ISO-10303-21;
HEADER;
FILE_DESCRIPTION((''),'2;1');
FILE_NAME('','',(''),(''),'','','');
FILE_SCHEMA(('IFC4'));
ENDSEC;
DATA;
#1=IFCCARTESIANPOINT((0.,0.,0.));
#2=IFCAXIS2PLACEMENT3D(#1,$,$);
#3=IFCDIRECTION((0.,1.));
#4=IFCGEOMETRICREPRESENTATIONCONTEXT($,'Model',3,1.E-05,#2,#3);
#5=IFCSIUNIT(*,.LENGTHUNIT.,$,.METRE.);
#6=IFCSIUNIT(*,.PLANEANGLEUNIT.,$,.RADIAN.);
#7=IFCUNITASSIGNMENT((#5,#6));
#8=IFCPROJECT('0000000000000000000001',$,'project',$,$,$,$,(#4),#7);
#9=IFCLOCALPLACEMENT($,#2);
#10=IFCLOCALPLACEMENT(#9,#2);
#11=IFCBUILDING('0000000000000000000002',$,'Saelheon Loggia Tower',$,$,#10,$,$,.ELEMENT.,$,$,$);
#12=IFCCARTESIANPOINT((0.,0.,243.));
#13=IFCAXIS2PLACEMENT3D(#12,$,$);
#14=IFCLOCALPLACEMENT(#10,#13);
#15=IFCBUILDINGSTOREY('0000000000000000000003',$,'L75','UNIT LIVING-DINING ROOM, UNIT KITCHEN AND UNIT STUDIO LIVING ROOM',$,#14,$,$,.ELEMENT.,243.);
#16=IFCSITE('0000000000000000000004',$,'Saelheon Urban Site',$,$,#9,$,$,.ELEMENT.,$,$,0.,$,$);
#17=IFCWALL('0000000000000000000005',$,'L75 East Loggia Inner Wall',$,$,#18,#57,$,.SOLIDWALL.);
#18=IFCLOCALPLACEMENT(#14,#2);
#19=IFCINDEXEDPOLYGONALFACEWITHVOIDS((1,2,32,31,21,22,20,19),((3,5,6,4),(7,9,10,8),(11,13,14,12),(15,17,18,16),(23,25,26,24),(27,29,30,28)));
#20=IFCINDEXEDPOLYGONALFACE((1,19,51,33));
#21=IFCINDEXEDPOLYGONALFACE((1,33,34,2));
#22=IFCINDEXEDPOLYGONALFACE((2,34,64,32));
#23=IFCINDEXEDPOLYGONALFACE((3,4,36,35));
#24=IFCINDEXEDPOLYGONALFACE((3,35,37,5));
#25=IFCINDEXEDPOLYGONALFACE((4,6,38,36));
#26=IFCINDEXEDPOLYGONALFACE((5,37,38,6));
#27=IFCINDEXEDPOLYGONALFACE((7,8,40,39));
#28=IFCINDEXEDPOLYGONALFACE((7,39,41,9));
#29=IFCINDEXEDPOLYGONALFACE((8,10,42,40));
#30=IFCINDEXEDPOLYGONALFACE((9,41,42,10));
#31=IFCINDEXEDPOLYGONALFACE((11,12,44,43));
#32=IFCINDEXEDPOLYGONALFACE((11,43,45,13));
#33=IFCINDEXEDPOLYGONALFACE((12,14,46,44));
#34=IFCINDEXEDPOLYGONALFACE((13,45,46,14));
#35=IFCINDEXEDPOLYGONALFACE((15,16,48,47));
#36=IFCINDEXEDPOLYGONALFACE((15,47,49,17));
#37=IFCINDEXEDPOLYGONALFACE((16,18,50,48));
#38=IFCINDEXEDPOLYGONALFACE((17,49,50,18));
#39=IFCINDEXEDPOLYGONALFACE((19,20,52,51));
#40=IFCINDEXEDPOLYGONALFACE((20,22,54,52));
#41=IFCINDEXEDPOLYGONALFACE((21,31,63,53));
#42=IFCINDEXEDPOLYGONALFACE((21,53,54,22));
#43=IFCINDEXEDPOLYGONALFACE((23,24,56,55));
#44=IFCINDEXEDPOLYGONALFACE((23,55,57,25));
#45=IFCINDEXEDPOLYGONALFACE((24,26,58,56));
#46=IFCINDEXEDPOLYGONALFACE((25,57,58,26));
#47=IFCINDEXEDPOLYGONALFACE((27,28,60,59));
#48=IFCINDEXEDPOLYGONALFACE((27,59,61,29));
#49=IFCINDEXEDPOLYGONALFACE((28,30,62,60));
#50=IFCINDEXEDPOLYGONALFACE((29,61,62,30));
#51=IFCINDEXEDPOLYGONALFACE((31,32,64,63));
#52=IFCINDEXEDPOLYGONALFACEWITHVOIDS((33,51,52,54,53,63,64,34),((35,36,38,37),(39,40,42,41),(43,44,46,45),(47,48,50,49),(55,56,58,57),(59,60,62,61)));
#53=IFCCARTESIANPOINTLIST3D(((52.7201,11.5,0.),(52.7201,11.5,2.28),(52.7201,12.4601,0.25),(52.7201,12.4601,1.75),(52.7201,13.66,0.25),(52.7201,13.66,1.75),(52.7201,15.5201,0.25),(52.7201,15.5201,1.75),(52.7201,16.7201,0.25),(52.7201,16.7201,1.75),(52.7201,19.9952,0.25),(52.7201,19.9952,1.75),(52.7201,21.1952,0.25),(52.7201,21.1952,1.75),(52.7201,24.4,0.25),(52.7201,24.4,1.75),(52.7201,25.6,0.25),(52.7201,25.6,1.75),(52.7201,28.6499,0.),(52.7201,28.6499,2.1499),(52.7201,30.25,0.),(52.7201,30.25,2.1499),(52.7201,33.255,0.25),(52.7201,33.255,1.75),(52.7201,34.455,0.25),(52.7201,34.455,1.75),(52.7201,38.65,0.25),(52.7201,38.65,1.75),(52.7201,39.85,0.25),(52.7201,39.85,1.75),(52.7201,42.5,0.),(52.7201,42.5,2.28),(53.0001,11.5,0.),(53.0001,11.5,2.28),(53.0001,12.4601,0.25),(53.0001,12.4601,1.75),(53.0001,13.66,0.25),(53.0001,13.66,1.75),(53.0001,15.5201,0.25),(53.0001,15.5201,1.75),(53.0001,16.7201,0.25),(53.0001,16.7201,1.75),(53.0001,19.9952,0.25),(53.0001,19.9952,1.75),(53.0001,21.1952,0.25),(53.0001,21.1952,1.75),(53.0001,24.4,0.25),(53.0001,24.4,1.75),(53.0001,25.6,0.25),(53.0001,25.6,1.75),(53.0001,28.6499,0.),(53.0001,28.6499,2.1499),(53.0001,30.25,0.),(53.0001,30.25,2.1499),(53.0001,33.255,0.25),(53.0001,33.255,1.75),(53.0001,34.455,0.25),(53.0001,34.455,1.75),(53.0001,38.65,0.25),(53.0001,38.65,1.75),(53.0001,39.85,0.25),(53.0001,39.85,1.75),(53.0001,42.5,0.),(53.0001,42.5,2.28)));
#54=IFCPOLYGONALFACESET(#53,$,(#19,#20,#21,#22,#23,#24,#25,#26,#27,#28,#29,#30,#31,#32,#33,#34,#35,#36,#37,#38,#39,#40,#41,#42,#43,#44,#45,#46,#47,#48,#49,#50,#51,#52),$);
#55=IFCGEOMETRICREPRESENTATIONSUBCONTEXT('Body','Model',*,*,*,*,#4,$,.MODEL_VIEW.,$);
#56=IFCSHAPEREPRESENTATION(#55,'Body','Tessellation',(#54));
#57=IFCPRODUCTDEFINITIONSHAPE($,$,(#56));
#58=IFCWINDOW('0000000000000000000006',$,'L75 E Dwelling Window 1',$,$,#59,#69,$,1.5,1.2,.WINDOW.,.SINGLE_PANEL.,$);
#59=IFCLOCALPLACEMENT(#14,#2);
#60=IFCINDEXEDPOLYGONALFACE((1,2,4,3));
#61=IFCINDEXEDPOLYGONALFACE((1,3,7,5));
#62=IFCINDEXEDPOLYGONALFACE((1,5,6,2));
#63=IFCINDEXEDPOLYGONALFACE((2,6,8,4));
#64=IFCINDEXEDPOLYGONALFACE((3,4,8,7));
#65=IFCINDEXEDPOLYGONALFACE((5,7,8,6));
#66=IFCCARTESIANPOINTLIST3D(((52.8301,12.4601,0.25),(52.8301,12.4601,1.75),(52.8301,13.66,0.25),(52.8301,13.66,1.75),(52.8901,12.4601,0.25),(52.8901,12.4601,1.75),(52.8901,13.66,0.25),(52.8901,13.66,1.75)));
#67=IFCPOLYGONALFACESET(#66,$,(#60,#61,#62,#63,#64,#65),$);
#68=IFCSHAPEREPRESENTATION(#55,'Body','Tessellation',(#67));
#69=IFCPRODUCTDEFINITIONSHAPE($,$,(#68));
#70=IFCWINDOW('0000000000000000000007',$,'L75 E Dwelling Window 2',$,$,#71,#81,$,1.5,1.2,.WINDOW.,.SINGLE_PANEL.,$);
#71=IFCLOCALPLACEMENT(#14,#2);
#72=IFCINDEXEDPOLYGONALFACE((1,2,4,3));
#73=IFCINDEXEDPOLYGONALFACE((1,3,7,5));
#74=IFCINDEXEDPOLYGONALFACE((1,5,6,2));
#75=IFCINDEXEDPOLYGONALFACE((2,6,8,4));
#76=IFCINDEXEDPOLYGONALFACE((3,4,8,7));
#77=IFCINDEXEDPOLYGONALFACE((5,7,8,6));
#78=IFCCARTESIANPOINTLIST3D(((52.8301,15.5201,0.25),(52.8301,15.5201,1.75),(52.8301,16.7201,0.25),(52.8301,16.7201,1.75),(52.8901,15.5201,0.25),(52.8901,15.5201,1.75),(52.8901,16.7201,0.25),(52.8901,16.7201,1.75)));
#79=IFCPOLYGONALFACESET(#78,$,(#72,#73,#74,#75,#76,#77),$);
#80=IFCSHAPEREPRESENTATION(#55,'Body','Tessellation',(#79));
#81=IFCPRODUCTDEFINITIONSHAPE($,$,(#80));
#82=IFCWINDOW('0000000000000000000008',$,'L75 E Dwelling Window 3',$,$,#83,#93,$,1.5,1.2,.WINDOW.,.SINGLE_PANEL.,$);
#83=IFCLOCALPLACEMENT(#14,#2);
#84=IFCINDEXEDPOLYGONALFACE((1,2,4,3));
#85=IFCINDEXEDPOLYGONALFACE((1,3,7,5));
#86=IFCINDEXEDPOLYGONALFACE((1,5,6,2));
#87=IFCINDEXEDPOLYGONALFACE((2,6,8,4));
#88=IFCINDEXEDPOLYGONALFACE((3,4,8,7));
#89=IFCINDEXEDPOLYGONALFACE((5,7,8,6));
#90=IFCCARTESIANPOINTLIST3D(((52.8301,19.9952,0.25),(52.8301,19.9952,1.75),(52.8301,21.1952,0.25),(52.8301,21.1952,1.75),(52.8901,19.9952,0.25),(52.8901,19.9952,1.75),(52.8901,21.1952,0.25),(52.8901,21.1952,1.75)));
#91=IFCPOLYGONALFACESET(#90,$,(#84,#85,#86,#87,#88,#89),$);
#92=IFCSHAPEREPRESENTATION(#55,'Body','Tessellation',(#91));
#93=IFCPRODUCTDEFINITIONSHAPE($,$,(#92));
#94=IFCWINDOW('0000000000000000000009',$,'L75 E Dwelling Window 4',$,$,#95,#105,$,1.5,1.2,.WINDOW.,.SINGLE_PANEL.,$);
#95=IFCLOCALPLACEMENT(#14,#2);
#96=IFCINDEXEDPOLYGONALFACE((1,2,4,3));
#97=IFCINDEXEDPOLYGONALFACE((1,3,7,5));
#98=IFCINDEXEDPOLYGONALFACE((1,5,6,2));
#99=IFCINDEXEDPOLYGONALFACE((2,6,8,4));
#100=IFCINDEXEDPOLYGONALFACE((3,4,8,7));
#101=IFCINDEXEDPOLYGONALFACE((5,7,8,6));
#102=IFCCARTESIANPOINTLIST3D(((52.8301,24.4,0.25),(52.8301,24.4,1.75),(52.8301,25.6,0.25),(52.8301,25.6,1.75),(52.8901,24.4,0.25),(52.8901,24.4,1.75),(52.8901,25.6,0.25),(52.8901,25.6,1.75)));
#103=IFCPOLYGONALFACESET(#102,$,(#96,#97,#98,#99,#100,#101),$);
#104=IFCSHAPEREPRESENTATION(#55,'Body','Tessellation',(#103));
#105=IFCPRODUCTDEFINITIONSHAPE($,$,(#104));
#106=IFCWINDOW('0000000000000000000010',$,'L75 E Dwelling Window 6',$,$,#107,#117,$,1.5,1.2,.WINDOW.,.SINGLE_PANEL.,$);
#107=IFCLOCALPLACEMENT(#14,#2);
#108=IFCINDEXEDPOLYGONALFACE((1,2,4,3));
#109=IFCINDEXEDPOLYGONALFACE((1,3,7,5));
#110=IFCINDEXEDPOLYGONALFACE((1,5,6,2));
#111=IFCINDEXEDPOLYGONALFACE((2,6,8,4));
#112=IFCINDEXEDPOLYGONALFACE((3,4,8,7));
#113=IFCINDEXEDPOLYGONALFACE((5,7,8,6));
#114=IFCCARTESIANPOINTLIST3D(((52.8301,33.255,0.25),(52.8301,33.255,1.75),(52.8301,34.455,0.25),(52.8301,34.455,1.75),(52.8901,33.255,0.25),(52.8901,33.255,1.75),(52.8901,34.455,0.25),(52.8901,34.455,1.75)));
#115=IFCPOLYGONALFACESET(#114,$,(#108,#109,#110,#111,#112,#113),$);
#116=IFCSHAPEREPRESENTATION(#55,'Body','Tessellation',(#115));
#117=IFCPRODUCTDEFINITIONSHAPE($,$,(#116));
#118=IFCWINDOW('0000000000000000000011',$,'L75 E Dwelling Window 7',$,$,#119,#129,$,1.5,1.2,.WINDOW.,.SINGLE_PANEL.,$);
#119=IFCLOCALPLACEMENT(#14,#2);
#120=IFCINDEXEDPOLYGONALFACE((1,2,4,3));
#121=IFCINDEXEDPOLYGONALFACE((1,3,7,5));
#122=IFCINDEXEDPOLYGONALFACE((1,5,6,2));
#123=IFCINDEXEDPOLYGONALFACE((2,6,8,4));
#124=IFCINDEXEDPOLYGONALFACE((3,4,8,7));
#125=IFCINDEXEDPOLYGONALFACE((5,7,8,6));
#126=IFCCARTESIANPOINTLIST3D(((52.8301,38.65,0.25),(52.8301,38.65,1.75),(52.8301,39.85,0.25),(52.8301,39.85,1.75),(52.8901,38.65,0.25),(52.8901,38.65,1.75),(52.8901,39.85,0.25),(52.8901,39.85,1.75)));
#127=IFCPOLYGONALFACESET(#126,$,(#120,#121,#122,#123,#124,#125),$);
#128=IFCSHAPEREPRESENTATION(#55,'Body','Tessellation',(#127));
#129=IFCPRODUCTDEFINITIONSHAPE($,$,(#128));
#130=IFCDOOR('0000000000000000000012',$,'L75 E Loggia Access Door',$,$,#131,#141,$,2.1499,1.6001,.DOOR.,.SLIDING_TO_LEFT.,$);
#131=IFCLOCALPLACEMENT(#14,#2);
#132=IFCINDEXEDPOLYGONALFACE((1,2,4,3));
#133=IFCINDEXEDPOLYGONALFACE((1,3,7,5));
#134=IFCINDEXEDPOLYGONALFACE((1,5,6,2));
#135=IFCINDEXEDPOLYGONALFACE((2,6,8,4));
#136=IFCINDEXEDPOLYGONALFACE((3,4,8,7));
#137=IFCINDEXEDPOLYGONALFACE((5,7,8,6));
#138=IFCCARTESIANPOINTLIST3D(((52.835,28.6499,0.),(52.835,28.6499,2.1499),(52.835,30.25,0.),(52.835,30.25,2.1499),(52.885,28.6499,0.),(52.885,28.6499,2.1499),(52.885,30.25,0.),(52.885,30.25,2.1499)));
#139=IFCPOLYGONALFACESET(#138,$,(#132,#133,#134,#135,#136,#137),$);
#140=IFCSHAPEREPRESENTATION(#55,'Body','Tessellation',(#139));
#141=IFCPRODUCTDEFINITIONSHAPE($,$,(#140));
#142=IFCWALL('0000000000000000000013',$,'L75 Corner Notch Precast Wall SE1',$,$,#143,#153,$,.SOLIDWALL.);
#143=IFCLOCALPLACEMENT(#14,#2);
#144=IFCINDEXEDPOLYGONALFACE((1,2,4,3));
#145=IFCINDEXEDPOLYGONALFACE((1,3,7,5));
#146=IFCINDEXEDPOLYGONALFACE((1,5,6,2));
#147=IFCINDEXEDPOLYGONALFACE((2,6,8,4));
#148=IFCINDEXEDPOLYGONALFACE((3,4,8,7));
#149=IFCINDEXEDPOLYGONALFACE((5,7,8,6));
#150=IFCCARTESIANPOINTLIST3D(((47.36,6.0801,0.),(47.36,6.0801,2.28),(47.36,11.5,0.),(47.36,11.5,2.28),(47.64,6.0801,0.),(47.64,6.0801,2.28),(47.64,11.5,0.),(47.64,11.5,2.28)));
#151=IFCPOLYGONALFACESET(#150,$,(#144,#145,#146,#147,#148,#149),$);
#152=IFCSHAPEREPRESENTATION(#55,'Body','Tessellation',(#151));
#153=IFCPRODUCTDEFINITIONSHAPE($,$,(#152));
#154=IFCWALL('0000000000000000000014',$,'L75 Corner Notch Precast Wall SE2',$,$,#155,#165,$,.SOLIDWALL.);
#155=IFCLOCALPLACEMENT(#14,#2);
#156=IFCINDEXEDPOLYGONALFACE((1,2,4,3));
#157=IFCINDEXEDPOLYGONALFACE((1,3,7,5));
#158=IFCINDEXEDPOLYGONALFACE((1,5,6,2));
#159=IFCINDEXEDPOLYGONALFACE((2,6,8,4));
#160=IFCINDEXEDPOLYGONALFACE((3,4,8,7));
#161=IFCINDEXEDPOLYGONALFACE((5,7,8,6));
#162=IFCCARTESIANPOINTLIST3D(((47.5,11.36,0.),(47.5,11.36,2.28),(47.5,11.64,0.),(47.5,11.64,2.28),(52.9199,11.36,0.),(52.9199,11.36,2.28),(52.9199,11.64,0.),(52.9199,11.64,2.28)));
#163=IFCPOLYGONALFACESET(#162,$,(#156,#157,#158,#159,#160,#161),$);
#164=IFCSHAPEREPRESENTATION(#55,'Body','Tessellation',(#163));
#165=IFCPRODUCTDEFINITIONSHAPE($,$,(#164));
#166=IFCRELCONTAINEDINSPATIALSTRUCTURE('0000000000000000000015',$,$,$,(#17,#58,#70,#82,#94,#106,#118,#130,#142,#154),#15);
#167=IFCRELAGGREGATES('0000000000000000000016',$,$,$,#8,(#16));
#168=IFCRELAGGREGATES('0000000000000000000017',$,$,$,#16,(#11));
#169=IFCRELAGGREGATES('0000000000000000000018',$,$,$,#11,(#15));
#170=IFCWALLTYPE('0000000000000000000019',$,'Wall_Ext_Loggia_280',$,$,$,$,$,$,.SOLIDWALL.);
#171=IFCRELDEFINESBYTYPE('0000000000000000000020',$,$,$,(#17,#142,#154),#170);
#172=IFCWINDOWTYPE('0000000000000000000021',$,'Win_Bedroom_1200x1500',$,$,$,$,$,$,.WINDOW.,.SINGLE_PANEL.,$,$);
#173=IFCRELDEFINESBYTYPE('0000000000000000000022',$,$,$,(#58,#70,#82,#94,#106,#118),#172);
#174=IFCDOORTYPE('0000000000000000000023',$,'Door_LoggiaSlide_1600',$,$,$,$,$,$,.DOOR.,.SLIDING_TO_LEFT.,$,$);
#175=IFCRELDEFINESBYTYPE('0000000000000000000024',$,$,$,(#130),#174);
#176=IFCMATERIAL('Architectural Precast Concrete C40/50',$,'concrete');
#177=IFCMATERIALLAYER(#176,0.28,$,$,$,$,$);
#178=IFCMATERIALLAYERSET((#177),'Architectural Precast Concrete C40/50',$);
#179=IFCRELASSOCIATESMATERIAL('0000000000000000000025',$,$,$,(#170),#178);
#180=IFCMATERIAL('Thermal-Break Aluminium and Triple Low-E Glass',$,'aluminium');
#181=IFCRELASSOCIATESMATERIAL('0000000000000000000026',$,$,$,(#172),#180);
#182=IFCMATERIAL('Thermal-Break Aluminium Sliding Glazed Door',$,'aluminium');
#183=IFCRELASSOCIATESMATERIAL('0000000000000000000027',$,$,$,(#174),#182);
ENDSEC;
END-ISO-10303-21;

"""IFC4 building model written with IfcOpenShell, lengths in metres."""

from ifc_helpers import new_model, si_unit, direction, frame, frame_2d, origin, place, context, subcontext, project, spatial, rectangle, extrude, source, transform, mapped, material, layer, layer_set, type_object, element, fill, save


model = new_model("IFC4")

# Units and contexts
model_context = context("Model", 3, precision=1e-05, world=origin(), true_north=direction((0.0, 1.0)))
body_context = subcontext(model_context, "Body", "Model", "MODEL_VIEW")
ifc_project = project(units=[si_unit("LENGTHUNIT", "METRE"), si_unit("PLANEANGLEUNIT", "RADIAN")], contexts=[model_context])

# Site, building, storey
site_placement = place(None, origin())
site = spatial("IfcSite", under=ifc_project, at=site_placement, Name="Saelheon Urban Site", CompositionType="ELEMENT", RefElevation=0.0)
building_placement = place(site_placement, origin())
building = spatial("IfcBuilding", under=site, at=building_placement, Name="Saelheon Loggia Tower", CompositionType="ELEMENT")
storey_placement = place(building_placement, frame((0.0, 0.0, 243.0)))
storey = spatial("IfcBuildingStorey", under=building, at=storey_placement, Name="L75", Description="UNIT LIVING-DINING ROOM, UNIT KITCHEN AND UNIT STUDIO LIVING ROOM", CompositionType="ELEMENT", Elevation=243.0)

# Wall, openings, windows, door
ifc_material_1 = material(Name="Architectural Precast Concrete C40/50", Category="concrete")
ifc_layer_1 = layer(ifc_material_1, 0.28)
ifc_layer_set_1 = layer_set([ifc_layer_1], Name="Architectural Precast Concrete C40/50")
wall_type_1 = type_object("IfcWallType", Name="Wall_Ext_Loggia_280", PredefinedType="SOLIDWALL", material=ifc_layer_set_1)
wall_1_placement = place(storey_placement, frame((52.8601, 11.5, 0.0), z_axis=(0.0, 0.0, 1.0), x_axis=(0.0, 1.0, 0.0)))
wall_1 = element("IfcWall", 1, at=wall_1_placement, inside=storey, type_object=wall_type_1, Name="L75 East Loggia Inner Wall", PredefinedType="SOLIDWALL", context=body_context, shape_type="SweptSolid", body=[
    extrude(rectangle(XDim=31.0, YDim=0.28, at=frame_2d((15.5, 0.0))), origin(), (0.0, 0.0, 1.0), 2.28),
])
opening_1_placement = place(wall_1_placement, frame((0.96, 0.0, 0.25)))
opening_1 = element("IfcOpeningElement", 2, at=opening_1_placement, cuts=wall_1, PredefinedType="OPENING", context=body_context, shape_type="SweptSolid", body=[
    extrude(rectangle(XDim=1.2, YDim=1.5, at=frame_2d((0.6001, 0.75))), frame((0.0, 0.1521, 0.0), z_axis=(0.0, -1.0, 0.0), x_axis=(1.0, 0.0, 0.0)), (0.0, 0.0, 1.0), 0.304),
])
opening_2_placement = place(wall_1_placement, frame((4.02, 0.0, 0.25)))
opening_2 = element("IfcOpeningElement", 3, at=opening_2_placement, cuts=wall_1, PredefinedType="OPENING", context=body_context, shape_type="SweptSolid", body=[
    extrude(rectangle(XDim=1.2, YDim=1.5, at=frame_2d((0.6001, 0.75))), frame((0.0, 0.1521, 0.0), z_axis=(0.0, -1.0, 0.0), x_axis=(1.0, 0.0, 0.0)), (0.0, 0.0, 1.0), 0.304),
])
opening_3_placement = place(wall_1_placement, frame((8.4951, 0.0, 0.25)))
opening_3 = element("IfcOpeningElement", 4, at=opening_3_placement, cuts=wall_1, PredefinedType="OPENING", context=body_context, shape_type="SweptSolid", body=[
    extrude(rectangle(XDim=1.2, YDim=1.5, at=frame_2d((0.6001, 0.75))), frame((0.0, 0.1521, 0.0), z_axis=(0.0, -1.0, 0.0), x_axis=(1.0, 0.0, 0.0)), (0.0, 0.0, 1.0), 0.304),
])
opening_4_placement = place(wall_1_placement, frame((12.8999, 0.0, 0.25)))
opening_4 = element("IfcOpeningElement", 5, at=opening_4_placement, cuts=wall_1, PredefinedType="OPENING", context=body_context, shape_type="SweptSolid", body=[
    extrude(rectangle(XDim=1.2, YDim=1.5, at=frame_2d((0.6001, 0.75))), frame((0.0, 0.1521, 0.0), z_axis=(0.0, -1.0, 0.0), x_axis=(1.0, 0.0, 0.0)), (0.0, 0.0, 1.0), 0.304),
])
opening_5_placement = place(wall_1_placement, frame((18.75, 0.0, 0.0), z_axis=(0.0, 0.0, 1.0), x_axis=(-1.0, 0.0, 0.0)))
opening_5 = element("IfcOpeningElement", 6, at=opening_5_placement, cuts=wall_1, PredefinedType="OPENING", context=body_context, shape_type="SweptSolid", body=[
    extrude(rectangle(XDim=1.6001, YDim=2.1499, at=frame_2d((0.8, 1.075))), frame((0.0, 0.1521, 0.0), z_axis=(0.0, -1.0, 0.0), x_axis=(1.0, 0.0, 0.0)), (0.0, 0.0, 1.0), 0.304),
])
opening_6_placement = place(wall_1_placement, frame((21.7549, 0.0, 0.25)))
opening_6 = element("IfcOpeningElement", 7, at=opening_6_placement, cuts=wall_1, PredefinedType="OPENING", context=body_context, shape_type="SweptSolid", body=[
    extrude(rectangle(XDim=1.2, YDim=1.5, at=frame_2d((0.6001, 0.75))), frame((0.0, 0.1521, 0.0), z_axis=(0.0, -1.0, 0.0), x_axis=(1.0, 0.0, 0.0)), (0.0, 0.0, 1.0), 0.304),
])
opening_7_placement = place(wall_1_placement, frame((27.1499, 0.0, 0.25)))
opening_7 = element("IfcOpeningElement", 8, at=opening_7_placement, cuts=wall_1, PredefinedType="OPENING", context=body_context, shape_type="SweptSolid", body=[
    extrude(rectangle(XDim=1.2, YDim=1.5, at=frame_2d((0.6001, 0.75))), frame((0.0, 0.1521, 0.0), z_axis=(0.0, -1.0, 0.0), x_axis=(1.0, 0.0, 0.0)), (0.0, 0.0, 1.0), 0.304),
])
ifc_material_2 = material(Name="Thermal-Break Aluminium and Triple Low-E Glass", Category="aluminium")
window_type = type_object("IfcWindowType", Name="Win_Bedroom_1200x1500", PartitioningType="SINGLE_PANEL", PredefinedType="WINDOW", material=ifc_material_2)
shared_shape_1 = source(origin(), body_context, "Body", "SweptSolid", [
    extrude(rectangle(XDim=1.2, YDim=1.5, at=frame_2d((0.6001, 0.75))), frame((0.0, 0.03, 0.0), z_axis=(0.0, -1.0, 0.0), x_axis=(1.0, 0.0, 0.0)), (0.0, 0.0, 1.0), 0.0601),
])
window_1_placement = place(opening_1_placement, origin())
window_1 = element("IfcWindow", 9, at=window_1_placement, inside=storey, type_object=window_type, Name="L75 E Dwelling Window 1", OverallHeight=1.5, OverallWidth=1.2, PartitioningType="SINGLE_PANEL", PredefinedType="WINDOW", context=body_context, shape_type="MappedRepresentation", body=[
    mapped(shared_shape_1, transform((0.0, 0.0, 0.0), scale=1.0)),
])
fill(opening_1, window_1)
window_2_placement = place(opening_2_placement, origin())
window_2 = element("IfcWindow", 10, at=window_2_placement, inside=storey, type_object=window_type, Name="L75 E Dwelling Window 2", OverallHeight=1.5, OverallWidth=1.2, PartitioningType="SINGLE_PANEL", PredefinedType="WINDOW", context=body_context, shape_type="MappedRepresentation", body=[
    mapped(shared_shape_1, transform((0.0, 0.0, 0.0), scale=1.0)),
])
fill(opening_2, window_2)
window_3_placement = place(opening_3_placement, origin())
window_3 = element("IfcWindow", 11, at=window_3_placement, inside=storey, type_object=window_type, Name="L75 E Dwelling Window 3", OverallHeight=1.5, OverallWidth=1.2, PartitioningType="SINGLE_PANEL", PredefinedType="WINDOW", context=body_context, shape_type="MappedRepresentation", body=[
    mapped(shared_shape_1, transform((0.0, 0.0, 0.0), scale=1.0)),
])
fill(opening_3, window_3)
window_4_placement = place(opening_4_placement, origin())
window_4 = element("IfcWindow", 12, at=window_4_placement, inside=storey, type_object=window_type, Name="L75 E Dwelling Window 4", OverallHeight=1.5, OverallWidth=1.2, PartitioningType="SINGLE_PANEL", PredefinedType="WINDOW", context=body_context, shape_type="MappedRepresentation", body=[
    mapped(shared_shape_1, transform((0.0, 0.0, 0.0), scale=1.0)),
])
fill(opening_4, window_4)
window_5_placement = place(opening_6_placement, origin())
window_5 = element("IfcWindow", 13, at=window_5_placement, inside=storey, type_object=window_type, Name="L75 E Dwelling Window 6", OverallHeight=1.5, OverallWidth=1.2, PartitioningType="SINGLE_PANEL", PredefinedType="WINDOW", context=body_context, shape_type="MappedRepresentation", body=[
    mapped(shared_shape_1, transform((0.0, 0.0, 0.0), scale=1.0)),
])
fill(opening_6, window_5)
window_6_placement = place(opening_7_placement, origin())
window_6 = element("IfcWindow", 14, at=window_6_placement, inside=storey, type_object=window_type, Name="L75 E Dwelling Window 7", OverallHeight=1.5, OverallWidth=1.2, PartitioningType="SINGLE_PANEL", PredefinedType="WINDOW", context=body_context, shape_type="MappedRepresentation", body=[
    mapped(shared_shape_1, transform((0.0, 0.0, 0.0), scale=1.0)),
])
fill(opening_7, window_6)
ifc_material_3 = material(Name="Thermal-Break Aluminium Sliding Glazed Door", Category="aluminium")
door_type_1 = type_object("IfcDoorType", Name="Door_LoggiaSlide_1600", OperationType="SLIDING_TO_LEFT", PredefinedType="DOOR", material=ifc_material_3)
shared_shape_2 = source(origin(), body_context, "Body", "SweptSolid", [
    extrude(rectangle(XDim=1.6001, YDim=2.1499, at=frame_2d((0.8, 1.075))), frame((0.0, 0.0249, 0.0), z_axis=(0.0, -1.0, 0.0), x_axis=(1.0, 0.0, 0.0)), (0.0, 0.0, 1.0), 0.05),
])
door_1_placement = place(opening_5_placement, origin())
door_1 = element("IfcDoor", 15, at=door_1_placement, inside=storey, type_object=door_type_1, Name="L75 E Loggia Access Door", OperationType="SLIDING_TO_LEFT", OverallHeight=2.1499, OverallWidth=1.6001, PredefinedType="DOOR", context=body_context, shape_type="MappedRepresentation", body=[
    mapped(shared_shape_2, transform((0.0, 0.0, 0.0), scale=1.0)),
])
fill(opening_5, door_1)

# Walls
for number, where, z_axis, x_axis, name in (
    (16, (47.5, 6.0801, 0.0), (0.0, 0.0, 1.0), (0.0, 1.0, 0.0), "L75 Corner Notch Precast Wall SE1"),
    (17, (47.5, 11.5, 0.0), (0.0, 0.0, 1.0), (1.0, 0.0, 0.0), "L75 Corner Notch Precast Wall SE2"),
):
    element("IfcWall", number, at=place(storey_placement, frame(where, z_axis=z_axis, x_axis=x_axis)), inside=storey, type_object=wall_type_1, Name=name, PredefinedType="SOLIDWALL", context=body_context, shape_type="SweptSolid", body=[
        extrude(rectangle(XDim=5.4199, YDim=0.28, at=frame_2d((2.71, 0.0))), origin(), (0.0, 0.0, 1.0), 2.28),
    ])

save(model, "model.ifc")
